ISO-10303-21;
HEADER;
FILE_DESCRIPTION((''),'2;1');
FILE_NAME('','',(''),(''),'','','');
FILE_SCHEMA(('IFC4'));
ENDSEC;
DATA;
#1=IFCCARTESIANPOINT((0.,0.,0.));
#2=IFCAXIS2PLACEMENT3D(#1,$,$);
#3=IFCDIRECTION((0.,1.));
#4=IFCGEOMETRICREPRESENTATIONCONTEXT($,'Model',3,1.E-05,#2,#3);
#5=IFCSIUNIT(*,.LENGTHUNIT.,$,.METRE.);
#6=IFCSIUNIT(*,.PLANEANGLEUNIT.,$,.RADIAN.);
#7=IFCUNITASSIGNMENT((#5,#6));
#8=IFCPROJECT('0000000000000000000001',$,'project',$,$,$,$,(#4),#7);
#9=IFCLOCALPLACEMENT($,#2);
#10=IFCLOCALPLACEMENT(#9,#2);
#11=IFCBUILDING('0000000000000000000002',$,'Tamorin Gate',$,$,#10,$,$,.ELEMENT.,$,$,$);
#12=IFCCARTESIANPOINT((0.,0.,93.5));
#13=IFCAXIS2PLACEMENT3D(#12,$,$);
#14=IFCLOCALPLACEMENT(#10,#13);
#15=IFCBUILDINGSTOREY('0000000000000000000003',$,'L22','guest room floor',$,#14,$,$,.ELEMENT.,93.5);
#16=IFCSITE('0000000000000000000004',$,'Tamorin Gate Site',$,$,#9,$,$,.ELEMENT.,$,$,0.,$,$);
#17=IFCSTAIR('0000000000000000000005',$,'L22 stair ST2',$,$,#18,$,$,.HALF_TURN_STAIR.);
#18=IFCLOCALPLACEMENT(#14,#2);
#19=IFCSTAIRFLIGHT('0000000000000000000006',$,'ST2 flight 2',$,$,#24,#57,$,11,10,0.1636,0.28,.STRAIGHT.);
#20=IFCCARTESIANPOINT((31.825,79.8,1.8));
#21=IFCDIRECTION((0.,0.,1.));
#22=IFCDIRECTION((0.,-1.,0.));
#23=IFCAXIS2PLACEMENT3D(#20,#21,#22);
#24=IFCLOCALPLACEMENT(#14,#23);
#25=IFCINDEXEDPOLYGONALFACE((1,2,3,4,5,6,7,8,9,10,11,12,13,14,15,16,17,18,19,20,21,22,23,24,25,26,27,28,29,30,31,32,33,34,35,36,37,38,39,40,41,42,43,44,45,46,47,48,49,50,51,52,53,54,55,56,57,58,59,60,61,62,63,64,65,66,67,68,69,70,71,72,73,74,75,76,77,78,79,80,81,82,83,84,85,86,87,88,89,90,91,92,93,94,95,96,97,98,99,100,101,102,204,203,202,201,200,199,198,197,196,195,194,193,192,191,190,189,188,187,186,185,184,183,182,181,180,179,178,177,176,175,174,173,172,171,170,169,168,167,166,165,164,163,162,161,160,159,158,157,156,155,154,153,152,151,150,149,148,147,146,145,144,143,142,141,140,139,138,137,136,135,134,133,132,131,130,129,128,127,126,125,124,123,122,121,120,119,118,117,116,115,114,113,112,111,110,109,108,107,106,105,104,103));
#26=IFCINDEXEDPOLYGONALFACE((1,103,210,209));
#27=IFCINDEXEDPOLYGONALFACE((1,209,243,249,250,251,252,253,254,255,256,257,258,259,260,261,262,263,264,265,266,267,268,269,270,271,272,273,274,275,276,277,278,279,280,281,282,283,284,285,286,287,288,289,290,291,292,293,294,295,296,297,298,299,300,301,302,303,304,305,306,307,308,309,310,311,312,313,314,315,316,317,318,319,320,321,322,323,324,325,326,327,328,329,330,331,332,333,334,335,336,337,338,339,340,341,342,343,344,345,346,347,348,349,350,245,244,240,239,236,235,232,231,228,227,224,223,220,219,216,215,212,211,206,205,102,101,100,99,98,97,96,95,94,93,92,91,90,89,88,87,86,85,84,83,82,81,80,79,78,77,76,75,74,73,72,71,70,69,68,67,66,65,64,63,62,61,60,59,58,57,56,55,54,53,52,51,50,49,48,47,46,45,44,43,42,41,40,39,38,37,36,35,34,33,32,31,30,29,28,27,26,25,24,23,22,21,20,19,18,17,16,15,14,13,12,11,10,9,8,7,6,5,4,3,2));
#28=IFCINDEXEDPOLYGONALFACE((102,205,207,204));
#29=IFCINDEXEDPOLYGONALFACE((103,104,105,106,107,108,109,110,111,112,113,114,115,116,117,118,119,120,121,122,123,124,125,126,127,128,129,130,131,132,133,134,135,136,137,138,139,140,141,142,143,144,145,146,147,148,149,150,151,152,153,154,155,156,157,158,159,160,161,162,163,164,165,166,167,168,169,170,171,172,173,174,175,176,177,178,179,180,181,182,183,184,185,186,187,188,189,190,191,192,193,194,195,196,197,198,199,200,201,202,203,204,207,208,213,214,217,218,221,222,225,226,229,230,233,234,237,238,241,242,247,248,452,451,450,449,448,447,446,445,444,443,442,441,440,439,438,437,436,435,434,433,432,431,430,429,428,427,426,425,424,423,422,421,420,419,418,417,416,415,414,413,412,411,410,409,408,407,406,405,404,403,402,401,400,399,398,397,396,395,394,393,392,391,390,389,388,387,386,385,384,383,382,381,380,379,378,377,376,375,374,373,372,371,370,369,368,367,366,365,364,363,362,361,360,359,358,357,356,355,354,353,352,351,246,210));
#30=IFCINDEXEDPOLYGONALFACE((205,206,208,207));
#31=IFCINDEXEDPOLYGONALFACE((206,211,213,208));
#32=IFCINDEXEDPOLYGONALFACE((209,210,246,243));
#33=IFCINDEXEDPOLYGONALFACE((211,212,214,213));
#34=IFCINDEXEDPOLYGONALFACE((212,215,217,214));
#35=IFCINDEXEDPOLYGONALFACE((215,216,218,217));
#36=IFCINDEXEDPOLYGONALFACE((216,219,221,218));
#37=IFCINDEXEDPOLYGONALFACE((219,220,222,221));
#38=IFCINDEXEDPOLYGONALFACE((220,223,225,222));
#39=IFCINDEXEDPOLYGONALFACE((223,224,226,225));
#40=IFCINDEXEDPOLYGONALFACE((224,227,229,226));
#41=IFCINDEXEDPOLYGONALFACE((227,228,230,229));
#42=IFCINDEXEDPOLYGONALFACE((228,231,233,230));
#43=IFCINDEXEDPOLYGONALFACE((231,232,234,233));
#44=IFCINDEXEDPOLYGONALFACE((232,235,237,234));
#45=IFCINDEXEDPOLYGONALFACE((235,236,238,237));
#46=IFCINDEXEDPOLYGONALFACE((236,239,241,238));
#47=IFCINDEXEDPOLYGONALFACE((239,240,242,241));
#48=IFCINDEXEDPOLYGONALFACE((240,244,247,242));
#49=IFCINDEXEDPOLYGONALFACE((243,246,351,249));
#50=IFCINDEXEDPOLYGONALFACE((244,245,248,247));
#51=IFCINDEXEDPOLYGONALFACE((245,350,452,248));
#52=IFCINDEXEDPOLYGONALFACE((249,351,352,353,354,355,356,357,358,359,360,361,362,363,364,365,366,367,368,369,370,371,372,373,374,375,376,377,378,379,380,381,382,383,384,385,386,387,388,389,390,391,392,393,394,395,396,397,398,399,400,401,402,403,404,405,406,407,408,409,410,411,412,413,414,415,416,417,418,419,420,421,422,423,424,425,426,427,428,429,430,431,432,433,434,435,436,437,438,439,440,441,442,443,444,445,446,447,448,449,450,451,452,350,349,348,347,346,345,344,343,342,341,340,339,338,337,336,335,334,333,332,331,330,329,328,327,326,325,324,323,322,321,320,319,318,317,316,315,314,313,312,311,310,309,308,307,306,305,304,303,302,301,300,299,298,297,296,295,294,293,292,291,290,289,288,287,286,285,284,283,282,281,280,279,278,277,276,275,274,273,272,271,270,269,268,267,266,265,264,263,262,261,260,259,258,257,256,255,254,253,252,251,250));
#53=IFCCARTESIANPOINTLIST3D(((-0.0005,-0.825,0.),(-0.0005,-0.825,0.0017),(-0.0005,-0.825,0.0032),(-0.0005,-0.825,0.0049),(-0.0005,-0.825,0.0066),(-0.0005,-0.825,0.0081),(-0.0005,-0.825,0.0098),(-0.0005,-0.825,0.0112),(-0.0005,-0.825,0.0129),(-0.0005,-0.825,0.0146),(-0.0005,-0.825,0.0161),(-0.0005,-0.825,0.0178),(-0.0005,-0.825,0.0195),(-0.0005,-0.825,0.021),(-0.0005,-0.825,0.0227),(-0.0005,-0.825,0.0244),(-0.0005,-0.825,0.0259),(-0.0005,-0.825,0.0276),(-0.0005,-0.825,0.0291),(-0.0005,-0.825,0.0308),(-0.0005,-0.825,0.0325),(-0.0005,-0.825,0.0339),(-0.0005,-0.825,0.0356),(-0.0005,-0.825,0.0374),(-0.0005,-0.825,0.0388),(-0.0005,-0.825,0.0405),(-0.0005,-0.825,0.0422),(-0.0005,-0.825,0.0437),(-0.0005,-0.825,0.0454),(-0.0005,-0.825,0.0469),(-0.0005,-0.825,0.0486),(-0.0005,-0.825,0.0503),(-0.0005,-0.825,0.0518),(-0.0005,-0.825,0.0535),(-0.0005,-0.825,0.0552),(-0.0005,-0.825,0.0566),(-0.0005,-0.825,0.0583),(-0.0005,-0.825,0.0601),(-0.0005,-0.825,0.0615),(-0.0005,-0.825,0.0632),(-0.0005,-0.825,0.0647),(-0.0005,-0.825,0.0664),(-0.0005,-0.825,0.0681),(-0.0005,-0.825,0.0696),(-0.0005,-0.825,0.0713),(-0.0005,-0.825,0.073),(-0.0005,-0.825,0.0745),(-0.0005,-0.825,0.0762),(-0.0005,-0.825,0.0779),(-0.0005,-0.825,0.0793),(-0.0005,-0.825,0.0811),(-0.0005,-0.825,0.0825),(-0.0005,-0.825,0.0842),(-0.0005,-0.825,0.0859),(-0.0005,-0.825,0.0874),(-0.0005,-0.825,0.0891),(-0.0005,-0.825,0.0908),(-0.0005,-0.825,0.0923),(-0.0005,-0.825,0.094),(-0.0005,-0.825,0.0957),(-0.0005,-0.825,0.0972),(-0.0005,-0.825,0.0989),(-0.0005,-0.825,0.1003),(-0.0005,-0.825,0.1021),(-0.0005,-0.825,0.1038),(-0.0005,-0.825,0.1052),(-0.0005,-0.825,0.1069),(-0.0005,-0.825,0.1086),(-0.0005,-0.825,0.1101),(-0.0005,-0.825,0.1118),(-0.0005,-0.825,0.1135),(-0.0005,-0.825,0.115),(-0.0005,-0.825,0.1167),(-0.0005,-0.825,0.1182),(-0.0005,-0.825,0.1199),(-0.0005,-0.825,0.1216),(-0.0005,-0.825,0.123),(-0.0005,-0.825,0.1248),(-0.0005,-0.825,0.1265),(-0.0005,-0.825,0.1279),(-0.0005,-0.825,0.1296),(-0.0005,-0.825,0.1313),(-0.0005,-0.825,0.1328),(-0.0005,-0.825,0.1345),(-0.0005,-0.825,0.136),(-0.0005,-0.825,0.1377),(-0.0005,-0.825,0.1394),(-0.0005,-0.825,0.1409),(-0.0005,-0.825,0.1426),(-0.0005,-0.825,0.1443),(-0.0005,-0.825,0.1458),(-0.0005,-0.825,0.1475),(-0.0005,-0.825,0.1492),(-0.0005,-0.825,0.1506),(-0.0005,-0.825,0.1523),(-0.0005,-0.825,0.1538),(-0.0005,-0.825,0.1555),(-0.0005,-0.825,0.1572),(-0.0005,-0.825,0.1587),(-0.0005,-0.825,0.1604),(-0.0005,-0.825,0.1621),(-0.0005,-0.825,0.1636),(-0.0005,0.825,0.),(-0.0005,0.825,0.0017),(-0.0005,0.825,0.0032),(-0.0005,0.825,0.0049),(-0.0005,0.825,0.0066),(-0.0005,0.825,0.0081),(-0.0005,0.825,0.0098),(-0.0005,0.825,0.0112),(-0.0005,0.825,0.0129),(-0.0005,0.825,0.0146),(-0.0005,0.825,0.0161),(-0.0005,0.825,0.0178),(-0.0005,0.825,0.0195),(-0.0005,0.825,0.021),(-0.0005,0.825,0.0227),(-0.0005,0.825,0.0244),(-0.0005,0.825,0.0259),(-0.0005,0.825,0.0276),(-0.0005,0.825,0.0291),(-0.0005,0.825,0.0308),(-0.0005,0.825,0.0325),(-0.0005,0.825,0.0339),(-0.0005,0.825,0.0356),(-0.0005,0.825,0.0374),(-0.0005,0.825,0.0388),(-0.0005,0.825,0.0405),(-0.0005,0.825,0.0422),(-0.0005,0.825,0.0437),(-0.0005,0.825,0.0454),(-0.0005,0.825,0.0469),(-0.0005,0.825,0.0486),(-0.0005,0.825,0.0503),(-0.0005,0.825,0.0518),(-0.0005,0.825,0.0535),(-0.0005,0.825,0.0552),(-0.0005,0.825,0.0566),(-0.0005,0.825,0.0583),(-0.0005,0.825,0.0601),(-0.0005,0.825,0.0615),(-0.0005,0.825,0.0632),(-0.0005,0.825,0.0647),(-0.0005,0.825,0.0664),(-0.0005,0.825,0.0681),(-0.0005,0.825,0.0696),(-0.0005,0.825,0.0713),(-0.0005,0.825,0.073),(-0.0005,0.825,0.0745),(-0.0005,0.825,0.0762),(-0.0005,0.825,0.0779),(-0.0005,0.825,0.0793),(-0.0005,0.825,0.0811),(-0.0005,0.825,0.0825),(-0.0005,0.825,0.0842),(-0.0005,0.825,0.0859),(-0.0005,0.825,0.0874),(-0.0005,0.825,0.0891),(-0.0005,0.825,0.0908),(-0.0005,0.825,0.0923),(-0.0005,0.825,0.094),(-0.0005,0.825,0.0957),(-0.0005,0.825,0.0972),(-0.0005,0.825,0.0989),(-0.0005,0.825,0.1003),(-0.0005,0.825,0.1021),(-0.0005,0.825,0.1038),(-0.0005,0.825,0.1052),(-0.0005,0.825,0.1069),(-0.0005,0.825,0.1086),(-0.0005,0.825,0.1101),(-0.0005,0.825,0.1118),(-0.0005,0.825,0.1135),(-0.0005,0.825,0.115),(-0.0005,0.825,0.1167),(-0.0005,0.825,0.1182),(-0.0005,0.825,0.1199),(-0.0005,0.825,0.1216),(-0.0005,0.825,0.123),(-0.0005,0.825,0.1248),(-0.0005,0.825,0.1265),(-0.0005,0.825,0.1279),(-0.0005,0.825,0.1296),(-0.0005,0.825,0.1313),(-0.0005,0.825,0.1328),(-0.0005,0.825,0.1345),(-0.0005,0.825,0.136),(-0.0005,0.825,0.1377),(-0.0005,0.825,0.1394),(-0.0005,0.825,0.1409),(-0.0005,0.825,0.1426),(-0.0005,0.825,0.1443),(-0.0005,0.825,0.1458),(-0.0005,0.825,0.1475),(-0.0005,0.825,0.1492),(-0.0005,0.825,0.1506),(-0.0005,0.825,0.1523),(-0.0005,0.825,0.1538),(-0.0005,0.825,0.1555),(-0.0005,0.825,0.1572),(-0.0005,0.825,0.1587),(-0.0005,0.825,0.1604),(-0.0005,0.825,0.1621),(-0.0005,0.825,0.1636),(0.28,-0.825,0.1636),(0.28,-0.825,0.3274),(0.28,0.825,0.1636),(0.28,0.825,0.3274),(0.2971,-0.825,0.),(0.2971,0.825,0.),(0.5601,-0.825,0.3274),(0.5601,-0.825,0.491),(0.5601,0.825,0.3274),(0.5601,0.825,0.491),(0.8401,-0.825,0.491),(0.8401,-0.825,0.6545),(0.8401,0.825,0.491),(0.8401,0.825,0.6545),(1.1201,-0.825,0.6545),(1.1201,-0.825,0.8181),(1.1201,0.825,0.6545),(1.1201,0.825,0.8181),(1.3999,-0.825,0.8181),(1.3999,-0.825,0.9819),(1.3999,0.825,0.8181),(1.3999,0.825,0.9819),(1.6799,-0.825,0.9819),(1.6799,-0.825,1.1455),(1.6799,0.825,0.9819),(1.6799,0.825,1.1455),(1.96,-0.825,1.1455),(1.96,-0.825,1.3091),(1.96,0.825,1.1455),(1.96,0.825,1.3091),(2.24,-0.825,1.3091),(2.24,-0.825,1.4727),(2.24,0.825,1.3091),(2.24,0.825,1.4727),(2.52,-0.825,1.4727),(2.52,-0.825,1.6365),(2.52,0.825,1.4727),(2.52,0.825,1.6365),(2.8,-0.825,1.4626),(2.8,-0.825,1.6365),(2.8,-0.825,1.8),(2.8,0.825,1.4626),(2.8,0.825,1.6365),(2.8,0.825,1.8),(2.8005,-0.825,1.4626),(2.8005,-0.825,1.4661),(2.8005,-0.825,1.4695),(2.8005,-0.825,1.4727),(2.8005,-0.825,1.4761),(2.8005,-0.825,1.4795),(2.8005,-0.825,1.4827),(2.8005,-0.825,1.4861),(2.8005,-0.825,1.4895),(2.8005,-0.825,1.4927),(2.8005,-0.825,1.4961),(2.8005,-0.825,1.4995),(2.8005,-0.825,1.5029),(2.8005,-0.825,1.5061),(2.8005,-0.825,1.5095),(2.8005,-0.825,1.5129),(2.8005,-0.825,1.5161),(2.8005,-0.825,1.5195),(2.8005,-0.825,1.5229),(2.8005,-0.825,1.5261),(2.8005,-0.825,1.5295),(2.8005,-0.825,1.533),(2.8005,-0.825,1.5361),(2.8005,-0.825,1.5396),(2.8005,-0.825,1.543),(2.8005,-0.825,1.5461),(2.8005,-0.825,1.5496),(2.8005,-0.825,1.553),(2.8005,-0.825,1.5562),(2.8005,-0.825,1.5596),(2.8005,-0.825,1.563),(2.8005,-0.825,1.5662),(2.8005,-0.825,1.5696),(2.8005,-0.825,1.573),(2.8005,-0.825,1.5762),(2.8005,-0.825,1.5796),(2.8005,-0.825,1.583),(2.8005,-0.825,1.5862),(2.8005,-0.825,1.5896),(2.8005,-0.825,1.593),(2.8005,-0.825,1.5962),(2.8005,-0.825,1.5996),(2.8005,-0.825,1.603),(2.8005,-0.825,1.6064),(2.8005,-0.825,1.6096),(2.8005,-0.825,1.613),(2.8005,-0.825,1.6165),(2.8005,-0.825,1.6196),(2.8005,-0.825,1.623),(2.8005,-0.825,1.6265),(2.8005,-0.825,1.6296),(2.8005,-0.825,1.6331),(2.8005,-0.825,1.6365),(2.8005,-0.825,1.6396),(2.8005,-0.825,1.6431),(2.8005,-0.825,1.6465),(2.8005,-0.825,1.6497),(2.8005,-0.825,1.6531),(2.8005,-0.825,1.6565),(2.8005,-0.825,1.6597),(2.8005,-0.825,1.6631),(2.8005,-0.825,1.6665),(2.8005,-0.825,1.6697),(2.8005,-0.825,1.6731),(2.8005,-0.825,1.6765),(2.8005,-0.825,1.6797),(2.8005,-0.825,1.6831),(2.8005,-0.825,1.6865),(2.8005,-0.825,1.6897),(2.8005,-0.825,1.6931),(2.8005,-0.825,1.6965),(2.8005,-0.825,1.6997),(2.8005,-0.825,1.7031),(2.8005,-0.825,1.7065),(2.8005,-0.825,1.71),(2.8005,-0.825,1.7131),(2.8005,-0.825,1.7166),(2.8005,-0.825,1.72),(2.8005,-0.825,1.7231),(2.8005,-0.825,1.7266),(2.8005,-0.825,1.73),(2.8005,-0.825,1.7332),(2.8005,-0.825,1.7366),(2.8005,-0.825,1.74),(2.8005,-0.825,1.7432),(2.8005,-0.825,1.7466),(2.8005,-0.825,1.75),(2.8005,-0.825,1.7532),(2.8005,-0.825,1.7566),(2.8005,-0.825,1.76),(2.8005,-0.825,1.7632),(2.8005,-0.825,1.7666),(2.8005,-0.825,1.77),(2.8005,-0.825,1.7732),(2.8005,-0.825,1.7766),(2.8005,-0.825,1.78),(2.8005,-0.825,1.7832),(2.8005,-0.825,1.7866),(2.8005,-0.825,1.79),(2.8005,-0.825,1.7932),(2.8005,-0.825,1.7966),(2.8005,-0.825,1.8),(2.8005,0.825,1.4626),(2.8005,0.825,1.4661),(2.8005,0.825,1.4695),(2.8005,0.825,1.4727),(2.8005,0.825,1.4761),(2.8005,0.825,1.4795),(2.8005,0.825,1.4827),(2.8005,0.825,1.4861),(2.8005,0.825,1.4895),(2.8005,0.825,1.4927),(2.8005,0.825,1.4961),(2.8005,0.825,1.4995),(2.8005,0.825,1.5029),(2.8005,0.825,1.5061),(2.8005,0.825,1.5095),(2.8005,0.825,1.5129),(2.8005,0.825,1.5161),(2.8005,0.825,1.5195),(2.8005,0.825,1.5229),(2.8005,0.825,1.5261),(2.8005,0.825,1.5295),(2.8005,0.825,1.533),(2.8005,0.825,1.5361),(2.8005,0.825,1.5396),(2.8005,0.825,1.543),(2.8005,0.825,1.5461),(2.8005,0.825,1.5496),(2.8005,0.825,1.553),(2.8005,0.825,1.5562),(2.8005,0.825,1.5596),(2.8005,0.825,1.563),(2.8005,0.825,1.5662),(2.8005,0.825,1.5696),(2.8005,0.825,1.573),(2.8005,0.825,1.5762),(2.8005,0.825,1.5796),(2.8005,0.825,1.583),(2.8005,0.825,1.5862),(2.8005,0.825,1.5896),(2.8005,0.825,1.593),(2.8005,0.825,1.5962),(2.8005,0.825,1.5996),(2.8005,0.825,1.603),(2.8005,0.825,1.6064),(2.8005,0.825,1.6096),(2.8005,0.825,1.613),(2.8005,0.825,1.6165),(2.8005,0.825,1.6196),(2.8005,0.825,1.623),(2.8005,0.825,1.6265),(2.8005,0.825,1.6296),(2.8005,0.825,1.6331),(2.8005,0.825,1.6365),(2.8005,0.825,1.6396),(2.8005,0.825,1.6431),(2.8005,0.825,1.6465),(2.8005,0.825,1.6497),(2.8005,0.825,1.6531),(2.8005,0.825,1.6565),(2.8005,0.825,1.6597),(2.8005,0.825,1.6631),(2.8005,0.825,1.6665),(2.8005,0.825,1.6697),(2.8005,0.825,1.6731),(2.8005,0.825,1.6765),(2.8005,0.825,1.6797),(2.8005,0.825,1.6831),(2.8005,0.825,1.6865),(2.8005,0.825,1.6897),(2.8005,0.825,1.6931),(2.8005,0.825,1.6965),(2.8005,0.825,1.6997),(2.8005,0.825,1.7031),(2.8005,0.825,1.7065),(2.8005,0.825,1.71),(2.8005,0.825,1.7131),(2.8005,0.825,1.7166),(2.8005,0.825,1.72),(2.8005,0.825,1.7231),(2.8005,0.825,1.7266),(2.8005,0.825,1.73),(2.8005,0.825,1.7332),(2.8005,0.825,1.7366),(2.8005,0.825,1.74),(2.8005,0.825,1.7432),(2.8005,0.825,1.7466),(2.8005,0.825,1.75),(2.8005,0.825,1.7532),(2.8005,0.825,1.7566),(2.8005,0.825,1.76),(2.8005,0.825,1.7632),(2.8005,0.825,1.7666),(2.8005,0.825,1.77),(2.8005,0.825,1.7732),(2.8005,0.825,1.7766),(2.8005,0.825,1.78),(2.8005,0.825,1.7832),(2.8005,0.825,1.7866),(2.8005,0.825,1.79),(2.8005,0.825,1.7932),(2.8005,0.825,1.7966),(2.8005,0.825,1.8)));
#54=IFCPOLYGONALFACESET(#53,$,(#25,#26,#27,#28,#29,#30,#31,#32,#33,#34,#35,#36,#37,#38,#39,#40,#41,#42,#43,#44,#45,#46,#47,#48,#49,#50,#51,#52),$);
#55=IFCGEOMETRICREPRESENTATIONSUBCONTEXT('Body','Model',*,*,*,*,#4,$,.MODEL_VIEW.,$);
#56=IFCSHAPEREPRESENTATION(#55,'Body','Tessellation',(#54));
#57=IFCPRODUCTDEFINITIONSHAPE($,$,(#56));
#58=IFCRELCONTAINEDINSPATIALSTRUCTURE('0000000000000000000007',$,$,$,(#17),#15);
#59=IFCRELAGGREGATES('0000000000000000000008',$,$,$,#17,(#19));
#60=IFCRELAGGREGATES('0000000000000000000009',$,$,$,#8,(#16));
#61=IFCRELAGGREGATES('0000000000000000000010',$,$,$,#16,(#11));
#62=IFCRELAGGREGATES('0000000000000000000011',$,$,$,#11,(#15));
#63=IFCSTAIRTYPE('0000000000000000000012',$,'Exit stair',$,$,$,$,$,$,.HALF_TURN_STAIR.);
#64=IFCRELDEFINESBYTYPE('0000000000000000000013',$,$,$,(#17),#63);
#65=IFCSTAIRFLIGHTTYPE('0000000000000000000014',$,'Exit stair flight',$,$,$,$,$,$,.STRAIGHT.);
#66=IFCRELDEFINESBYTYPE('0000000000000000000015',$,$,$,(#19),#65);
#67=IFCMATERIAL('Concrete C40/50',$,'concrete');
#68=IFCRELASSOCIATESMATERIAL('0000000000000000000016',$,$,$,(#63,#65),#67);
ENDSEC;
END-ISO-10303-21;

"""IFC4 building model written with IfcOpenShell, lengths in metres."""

from ifc_helpers import new_model, si_unit, direction, frame, origin, place, context, subcontext, project, spatial, polyline, outline, extrude, material, type_object, element, aggregate, save


model = new_model("IFC4")

# Units and contexts
model_context = context("Model", 3, precision=1e-05, world=origin(), true_north=direction((0.0, 1.0)))
body_context = subcontext(model_context, "Body", "Model", "MODEL_VIEW")
ifc_project = project(units=[si_unit("LENGTHUNIT", "METRE"), si_unit("PLANEANGLEUNIT", "RADIAN")], contexts=[model_context])

# Site, building, storey
site_placement = place(None, origin())
site = spatial("IfcSite", under=ifc_project, at=site_placement, Name="Tamorin Gate Site", CompositionType="ELEMENT", RefElevation=0.0)
building_placement = place(site_placement, origin())
building = spatial("IfcBuilding", under=site, at=building_placement, Name="Tamorin Gate", CompositionType="ELEMENT")
storey_placement = place(building_placement, frame((0.0, 0.0, 93.5)))
storey = spatial("IfcBuildingStorey", under=building, at=storey_placement, Name="L22", Description="guest room floor", CompositionType="ELEMENT", Elevation=93.5)

# Shared definitions
ifc_material_1 = material(Name="Concrete C40/50", Category="concrete")

# Stair, stair flight
stair_type = type_object("IfcStairType", Name="Exit stair", PredefinedType="HALF_TURN_STAIR", material=ifc_material_1)
stair_placement = place(storey_placement, origin())
stair = element("IfcStair", 1, at=stair_placement, inside=storey, type_object=stair_type, Name="L22 stair ST2", PredefinedType="HALF_TURN_STAIR")
stair_flight_type = type_object("IfcStairFlightType", Name="Exit stair flight", PredefinedType="STRAIGHT", material=ifc_material_1)
stair_flight_1_placement = place(storey_placement, frame((31.825, 79.8, 1.8), z_axis=(0.0, 0.0, 1.0), x_axis=(0.0, -1.0, 0.0)))
stair_flight_1 = element("IfcStairFlight", 2, at=stair_flight_1_placement, type_object=stair_flight_type, Name="ST2 flight 2", NumberOfRisers=11, NumberOfTreads=10, PredefinedType="STRAIGHT", RiserHeight=0.1636, TreadLength=0.28, context=body_context, shape_type="SweptSolid", body=[
    extrude(outline(polyline([(-0.0005, 0.0), (-0.0005, 0.0017), (-0.0005, 0.0032), (-0.0005, 0.0049), (-0.0005, 0.0066), (-0.0005, 0.0081), (-0.0005, 0.0098), (-0.0005, 0.0112), (-0.0005, 0.0129), (-0.0005, 0.0146), (-0.0005, 0.0161), (-0.0005, 0.0178), (-0.0005, 0.0195), (-0.0005, 0.021), (-0.0005, 0.0227), (-0.0005, 0.0244), (-0.0005, 0.0259), (-0.0005, 0.0276), (-0.0005, 0.0291), (-0.0005, 0.0308), (-0.0005, 0.0325), (-0.0005, 0.0339), (-0.0005, 0.0356), (-0.0005, 0.0374), (-0.0005, 0.0388), (-0.0005, 0.0405), (-0.0005, 0.0422), (-0.0005, 0.0437), (-0.0005, 0.0454), (-0.0005, 0.0469), (-0.0005, 0.0486), (-0.0005, 0.0503), (-0.0005, 0.0518), (-0.0005, 0.0535), (-0.0005, 0.0552), (-0.0005, 0.0566), (-0.0005, 0.0583), (-0.0005, 0.0601), (-0.0005, 0.0615), (-0.0005, 0.0632), (-0.0005, 0.0647), (-0.0005, 0.0664), (-0.0005, 0.0681), (-0.0005, 0.0696), (-0.0005, 0.0713), (-0.0005, 0.073), (-0.0005, 0.0745), (-0.0005, 0.0762), (-0.0005, 0.0779), (-0.0005, 0.0793), (-0.0005, 0.0811), (-0.0005, 0.0825), (-0.0005, 0.0842), (-0.0005, 0.0859), (-0.0005, 0.0874), (-0.0005, 0.0891), (-0.0005, 0.0908), (-0.0005, 0.0923), (-0.0005, 0.094), (-0.0005, 0.0957), (-0.0005, 0.0972), (-0.0005, 0.0989), (-0.0005, 0.1003), (-0.0005, 0.1021), (-0.0005, 0.1038), (-0.0005, 0.1052), (-0.0005, 0.1069), (-0.0005, 0.1086), (-0.0005, 0.1101), (-0.0005, 0.1118), (-0.0005, 0.1135), (-0.0005, 0.115), (-0.0005, 0.1167), (-0.0005, 0.1182), (-0.0005, 0.1199), (-0.0005, 0.1216), (-0.0005, 0.123), (-0.0005, 0.1248), (-0.0005, 0.1265), (-0.0005, 0.1279), (-0.0005, 0.1296), (-0.0005, 0.1313), (-0.0005, 0.1328), (-0.0005, 0.1345), (-0.0005, 0.136), (-0.0005, 0.1377), (-0.0005, 0.1394), (-0.0005, 0.1409), (-0.0005, 0.1426), (-0.0005, 0.1443), (-0.0005, 0.1458), (-0.0005, 0.1475), (-0.0005, 0.1492), (-0.0005, 0.1506), (-0.0005, 0.1523), (-0.0005, 0.1538), (-0.0005, 0.1555), (-0.0005, 0.1572), (-0.0005, 0.1587), (-0.0005, 0.1604), (-0.0005, 0.1621), (-0.0005, 0.1636), (0.28, 0.1636), (0.28, 0.3274), (0.5601, 0.3274), (0.5601, 0.491), (0.8401, 0.491), (0.8401, 0.6545), (1.1201, 0.6545), (1.1201, 0.8181), (1.3999, 0.8181), (1.3999, 0.9819), (1.6799, 0.9819), (1.6799, 1.1455), (1.96, 1.1455), (1.96, 1.3091), (2.24, 1.3091), (2.24, 1.4727), (2.52, 1.4727), (2.52, 1.6365), (2.8, 1.6365), (2.8, 1.8), (2.8005, 1.8), (2.8005, 1.7966), (2.8005, 1.7932), (2.8005, 1.79), (2.8005, 1.7866), (2.8005, 1.7832), (2.8005, 1.78), (2.8005, 1.7766), (2.8005, 1.7732), (2.8005, 1.77), (2.8005, 1.7666), (2.8005, 1.7632), (2.8005, 1.76), (2.8005, 1.7566), (2.8005, 1.7532), (2.8005, 1.75), (2.8005, 1.7466), (2.8005, 1.7432), (2.8005, 1.74), (2.8005, 1.7366), (2.8005, 1.7332), (2.8005, 1.73), (2.8005, 1.7266), (2.8005, 1.7231), (2.8005, 1.72), (2.8005, 1.7166), (2.8005, 1.7131), (2.8005, 1.71), (2.8005, 1.7065), (2.8005, 1.7031), (2.8005, 1.6997), (2.8005, 1.6965), (2.8005, 1.6931), (2.8005, 1.6897), (2.8005, 1.6865), (2.8005, 1.6831), (2.8005, 1.6797), (2.8005, 1.6765), (2.8005, 1.6731), (2.8005, 1.6697), (2.8005, 1.6665), (2.8005, 1.6631), (2.8005, 1.6597), (2.8005, 1.6565), (2.8005, 1.6531), (2.8005, 1.6497), (2.8005, 1.6465), (2.8005, 1.6431), (2.8005, 1.6396), (2.8005, 1.6365), (2.8005, 1.6331), (2.8005, 1.6296), (2.8005, 1.6265), (2.8005, 1.623), (2.8005, 1.6196), (2.8005, 1.6165), (2.8005, 1.613), (2.8005, 1.6096), (2.8005, 1.6064), (2.8005, 1.603), (2.8005, 1.5996), (2.8005, 1.5962), (2.8005, 1.593), (2.8005, 1.5896), (2.8005, 1.5862), (2.8005, 1.583), (2.8005, 1.5796), (2.8005, 1.5762), (2.8005, 1.573), (2.8005, 1.5696), (2.8005, 1.5662), (2.8005, 1.563), (2.8005, 1.5596), (2.8005, 1.5562), (2.8005, 1.553), (2.8005, 1.5496), (2.8005, 1.5461), (2.8005, 1.543), (2.8005, 1.5396), (2.8005, 1.5361), (2.8005, 1.533), (2.8005, 1.5295), (2.8005, 1.5261), (2.8005, 1.5229), (2.8005, 1.5195), (2.8005, 1.5161), (2.8005, 1.5129), (2.8005, 1.5095), (2.8005, 1.5061), (2.8005, 1.5029), (2.8005, 1.4995), (2.8005, 1.4961), (2.8005, 1.4927), (2.8005, 1.4895), (2.8005, 1.4861), (2.8005, 1.4827), (2.8005, 1.4795), (2.8005, 1.4761), (2.8005, 1.4727), (2.8005, 1.4695), (2.8005, 1.4661), (2.8005, 1.4626), (2.8, 1.4626), (0.2971, 0.0), (-0.0005, 0.0)])), frame((0.0, 0.825, 0.0), z_axis=(0.0, -1.0, 0.0), x_axis=(1.0, 0.0, 0.0)), (0.0, 0.0, 1.0), 1.6499),
])
aggregate(stair, [stair_flight_1])

save(model, "model.ifc")
